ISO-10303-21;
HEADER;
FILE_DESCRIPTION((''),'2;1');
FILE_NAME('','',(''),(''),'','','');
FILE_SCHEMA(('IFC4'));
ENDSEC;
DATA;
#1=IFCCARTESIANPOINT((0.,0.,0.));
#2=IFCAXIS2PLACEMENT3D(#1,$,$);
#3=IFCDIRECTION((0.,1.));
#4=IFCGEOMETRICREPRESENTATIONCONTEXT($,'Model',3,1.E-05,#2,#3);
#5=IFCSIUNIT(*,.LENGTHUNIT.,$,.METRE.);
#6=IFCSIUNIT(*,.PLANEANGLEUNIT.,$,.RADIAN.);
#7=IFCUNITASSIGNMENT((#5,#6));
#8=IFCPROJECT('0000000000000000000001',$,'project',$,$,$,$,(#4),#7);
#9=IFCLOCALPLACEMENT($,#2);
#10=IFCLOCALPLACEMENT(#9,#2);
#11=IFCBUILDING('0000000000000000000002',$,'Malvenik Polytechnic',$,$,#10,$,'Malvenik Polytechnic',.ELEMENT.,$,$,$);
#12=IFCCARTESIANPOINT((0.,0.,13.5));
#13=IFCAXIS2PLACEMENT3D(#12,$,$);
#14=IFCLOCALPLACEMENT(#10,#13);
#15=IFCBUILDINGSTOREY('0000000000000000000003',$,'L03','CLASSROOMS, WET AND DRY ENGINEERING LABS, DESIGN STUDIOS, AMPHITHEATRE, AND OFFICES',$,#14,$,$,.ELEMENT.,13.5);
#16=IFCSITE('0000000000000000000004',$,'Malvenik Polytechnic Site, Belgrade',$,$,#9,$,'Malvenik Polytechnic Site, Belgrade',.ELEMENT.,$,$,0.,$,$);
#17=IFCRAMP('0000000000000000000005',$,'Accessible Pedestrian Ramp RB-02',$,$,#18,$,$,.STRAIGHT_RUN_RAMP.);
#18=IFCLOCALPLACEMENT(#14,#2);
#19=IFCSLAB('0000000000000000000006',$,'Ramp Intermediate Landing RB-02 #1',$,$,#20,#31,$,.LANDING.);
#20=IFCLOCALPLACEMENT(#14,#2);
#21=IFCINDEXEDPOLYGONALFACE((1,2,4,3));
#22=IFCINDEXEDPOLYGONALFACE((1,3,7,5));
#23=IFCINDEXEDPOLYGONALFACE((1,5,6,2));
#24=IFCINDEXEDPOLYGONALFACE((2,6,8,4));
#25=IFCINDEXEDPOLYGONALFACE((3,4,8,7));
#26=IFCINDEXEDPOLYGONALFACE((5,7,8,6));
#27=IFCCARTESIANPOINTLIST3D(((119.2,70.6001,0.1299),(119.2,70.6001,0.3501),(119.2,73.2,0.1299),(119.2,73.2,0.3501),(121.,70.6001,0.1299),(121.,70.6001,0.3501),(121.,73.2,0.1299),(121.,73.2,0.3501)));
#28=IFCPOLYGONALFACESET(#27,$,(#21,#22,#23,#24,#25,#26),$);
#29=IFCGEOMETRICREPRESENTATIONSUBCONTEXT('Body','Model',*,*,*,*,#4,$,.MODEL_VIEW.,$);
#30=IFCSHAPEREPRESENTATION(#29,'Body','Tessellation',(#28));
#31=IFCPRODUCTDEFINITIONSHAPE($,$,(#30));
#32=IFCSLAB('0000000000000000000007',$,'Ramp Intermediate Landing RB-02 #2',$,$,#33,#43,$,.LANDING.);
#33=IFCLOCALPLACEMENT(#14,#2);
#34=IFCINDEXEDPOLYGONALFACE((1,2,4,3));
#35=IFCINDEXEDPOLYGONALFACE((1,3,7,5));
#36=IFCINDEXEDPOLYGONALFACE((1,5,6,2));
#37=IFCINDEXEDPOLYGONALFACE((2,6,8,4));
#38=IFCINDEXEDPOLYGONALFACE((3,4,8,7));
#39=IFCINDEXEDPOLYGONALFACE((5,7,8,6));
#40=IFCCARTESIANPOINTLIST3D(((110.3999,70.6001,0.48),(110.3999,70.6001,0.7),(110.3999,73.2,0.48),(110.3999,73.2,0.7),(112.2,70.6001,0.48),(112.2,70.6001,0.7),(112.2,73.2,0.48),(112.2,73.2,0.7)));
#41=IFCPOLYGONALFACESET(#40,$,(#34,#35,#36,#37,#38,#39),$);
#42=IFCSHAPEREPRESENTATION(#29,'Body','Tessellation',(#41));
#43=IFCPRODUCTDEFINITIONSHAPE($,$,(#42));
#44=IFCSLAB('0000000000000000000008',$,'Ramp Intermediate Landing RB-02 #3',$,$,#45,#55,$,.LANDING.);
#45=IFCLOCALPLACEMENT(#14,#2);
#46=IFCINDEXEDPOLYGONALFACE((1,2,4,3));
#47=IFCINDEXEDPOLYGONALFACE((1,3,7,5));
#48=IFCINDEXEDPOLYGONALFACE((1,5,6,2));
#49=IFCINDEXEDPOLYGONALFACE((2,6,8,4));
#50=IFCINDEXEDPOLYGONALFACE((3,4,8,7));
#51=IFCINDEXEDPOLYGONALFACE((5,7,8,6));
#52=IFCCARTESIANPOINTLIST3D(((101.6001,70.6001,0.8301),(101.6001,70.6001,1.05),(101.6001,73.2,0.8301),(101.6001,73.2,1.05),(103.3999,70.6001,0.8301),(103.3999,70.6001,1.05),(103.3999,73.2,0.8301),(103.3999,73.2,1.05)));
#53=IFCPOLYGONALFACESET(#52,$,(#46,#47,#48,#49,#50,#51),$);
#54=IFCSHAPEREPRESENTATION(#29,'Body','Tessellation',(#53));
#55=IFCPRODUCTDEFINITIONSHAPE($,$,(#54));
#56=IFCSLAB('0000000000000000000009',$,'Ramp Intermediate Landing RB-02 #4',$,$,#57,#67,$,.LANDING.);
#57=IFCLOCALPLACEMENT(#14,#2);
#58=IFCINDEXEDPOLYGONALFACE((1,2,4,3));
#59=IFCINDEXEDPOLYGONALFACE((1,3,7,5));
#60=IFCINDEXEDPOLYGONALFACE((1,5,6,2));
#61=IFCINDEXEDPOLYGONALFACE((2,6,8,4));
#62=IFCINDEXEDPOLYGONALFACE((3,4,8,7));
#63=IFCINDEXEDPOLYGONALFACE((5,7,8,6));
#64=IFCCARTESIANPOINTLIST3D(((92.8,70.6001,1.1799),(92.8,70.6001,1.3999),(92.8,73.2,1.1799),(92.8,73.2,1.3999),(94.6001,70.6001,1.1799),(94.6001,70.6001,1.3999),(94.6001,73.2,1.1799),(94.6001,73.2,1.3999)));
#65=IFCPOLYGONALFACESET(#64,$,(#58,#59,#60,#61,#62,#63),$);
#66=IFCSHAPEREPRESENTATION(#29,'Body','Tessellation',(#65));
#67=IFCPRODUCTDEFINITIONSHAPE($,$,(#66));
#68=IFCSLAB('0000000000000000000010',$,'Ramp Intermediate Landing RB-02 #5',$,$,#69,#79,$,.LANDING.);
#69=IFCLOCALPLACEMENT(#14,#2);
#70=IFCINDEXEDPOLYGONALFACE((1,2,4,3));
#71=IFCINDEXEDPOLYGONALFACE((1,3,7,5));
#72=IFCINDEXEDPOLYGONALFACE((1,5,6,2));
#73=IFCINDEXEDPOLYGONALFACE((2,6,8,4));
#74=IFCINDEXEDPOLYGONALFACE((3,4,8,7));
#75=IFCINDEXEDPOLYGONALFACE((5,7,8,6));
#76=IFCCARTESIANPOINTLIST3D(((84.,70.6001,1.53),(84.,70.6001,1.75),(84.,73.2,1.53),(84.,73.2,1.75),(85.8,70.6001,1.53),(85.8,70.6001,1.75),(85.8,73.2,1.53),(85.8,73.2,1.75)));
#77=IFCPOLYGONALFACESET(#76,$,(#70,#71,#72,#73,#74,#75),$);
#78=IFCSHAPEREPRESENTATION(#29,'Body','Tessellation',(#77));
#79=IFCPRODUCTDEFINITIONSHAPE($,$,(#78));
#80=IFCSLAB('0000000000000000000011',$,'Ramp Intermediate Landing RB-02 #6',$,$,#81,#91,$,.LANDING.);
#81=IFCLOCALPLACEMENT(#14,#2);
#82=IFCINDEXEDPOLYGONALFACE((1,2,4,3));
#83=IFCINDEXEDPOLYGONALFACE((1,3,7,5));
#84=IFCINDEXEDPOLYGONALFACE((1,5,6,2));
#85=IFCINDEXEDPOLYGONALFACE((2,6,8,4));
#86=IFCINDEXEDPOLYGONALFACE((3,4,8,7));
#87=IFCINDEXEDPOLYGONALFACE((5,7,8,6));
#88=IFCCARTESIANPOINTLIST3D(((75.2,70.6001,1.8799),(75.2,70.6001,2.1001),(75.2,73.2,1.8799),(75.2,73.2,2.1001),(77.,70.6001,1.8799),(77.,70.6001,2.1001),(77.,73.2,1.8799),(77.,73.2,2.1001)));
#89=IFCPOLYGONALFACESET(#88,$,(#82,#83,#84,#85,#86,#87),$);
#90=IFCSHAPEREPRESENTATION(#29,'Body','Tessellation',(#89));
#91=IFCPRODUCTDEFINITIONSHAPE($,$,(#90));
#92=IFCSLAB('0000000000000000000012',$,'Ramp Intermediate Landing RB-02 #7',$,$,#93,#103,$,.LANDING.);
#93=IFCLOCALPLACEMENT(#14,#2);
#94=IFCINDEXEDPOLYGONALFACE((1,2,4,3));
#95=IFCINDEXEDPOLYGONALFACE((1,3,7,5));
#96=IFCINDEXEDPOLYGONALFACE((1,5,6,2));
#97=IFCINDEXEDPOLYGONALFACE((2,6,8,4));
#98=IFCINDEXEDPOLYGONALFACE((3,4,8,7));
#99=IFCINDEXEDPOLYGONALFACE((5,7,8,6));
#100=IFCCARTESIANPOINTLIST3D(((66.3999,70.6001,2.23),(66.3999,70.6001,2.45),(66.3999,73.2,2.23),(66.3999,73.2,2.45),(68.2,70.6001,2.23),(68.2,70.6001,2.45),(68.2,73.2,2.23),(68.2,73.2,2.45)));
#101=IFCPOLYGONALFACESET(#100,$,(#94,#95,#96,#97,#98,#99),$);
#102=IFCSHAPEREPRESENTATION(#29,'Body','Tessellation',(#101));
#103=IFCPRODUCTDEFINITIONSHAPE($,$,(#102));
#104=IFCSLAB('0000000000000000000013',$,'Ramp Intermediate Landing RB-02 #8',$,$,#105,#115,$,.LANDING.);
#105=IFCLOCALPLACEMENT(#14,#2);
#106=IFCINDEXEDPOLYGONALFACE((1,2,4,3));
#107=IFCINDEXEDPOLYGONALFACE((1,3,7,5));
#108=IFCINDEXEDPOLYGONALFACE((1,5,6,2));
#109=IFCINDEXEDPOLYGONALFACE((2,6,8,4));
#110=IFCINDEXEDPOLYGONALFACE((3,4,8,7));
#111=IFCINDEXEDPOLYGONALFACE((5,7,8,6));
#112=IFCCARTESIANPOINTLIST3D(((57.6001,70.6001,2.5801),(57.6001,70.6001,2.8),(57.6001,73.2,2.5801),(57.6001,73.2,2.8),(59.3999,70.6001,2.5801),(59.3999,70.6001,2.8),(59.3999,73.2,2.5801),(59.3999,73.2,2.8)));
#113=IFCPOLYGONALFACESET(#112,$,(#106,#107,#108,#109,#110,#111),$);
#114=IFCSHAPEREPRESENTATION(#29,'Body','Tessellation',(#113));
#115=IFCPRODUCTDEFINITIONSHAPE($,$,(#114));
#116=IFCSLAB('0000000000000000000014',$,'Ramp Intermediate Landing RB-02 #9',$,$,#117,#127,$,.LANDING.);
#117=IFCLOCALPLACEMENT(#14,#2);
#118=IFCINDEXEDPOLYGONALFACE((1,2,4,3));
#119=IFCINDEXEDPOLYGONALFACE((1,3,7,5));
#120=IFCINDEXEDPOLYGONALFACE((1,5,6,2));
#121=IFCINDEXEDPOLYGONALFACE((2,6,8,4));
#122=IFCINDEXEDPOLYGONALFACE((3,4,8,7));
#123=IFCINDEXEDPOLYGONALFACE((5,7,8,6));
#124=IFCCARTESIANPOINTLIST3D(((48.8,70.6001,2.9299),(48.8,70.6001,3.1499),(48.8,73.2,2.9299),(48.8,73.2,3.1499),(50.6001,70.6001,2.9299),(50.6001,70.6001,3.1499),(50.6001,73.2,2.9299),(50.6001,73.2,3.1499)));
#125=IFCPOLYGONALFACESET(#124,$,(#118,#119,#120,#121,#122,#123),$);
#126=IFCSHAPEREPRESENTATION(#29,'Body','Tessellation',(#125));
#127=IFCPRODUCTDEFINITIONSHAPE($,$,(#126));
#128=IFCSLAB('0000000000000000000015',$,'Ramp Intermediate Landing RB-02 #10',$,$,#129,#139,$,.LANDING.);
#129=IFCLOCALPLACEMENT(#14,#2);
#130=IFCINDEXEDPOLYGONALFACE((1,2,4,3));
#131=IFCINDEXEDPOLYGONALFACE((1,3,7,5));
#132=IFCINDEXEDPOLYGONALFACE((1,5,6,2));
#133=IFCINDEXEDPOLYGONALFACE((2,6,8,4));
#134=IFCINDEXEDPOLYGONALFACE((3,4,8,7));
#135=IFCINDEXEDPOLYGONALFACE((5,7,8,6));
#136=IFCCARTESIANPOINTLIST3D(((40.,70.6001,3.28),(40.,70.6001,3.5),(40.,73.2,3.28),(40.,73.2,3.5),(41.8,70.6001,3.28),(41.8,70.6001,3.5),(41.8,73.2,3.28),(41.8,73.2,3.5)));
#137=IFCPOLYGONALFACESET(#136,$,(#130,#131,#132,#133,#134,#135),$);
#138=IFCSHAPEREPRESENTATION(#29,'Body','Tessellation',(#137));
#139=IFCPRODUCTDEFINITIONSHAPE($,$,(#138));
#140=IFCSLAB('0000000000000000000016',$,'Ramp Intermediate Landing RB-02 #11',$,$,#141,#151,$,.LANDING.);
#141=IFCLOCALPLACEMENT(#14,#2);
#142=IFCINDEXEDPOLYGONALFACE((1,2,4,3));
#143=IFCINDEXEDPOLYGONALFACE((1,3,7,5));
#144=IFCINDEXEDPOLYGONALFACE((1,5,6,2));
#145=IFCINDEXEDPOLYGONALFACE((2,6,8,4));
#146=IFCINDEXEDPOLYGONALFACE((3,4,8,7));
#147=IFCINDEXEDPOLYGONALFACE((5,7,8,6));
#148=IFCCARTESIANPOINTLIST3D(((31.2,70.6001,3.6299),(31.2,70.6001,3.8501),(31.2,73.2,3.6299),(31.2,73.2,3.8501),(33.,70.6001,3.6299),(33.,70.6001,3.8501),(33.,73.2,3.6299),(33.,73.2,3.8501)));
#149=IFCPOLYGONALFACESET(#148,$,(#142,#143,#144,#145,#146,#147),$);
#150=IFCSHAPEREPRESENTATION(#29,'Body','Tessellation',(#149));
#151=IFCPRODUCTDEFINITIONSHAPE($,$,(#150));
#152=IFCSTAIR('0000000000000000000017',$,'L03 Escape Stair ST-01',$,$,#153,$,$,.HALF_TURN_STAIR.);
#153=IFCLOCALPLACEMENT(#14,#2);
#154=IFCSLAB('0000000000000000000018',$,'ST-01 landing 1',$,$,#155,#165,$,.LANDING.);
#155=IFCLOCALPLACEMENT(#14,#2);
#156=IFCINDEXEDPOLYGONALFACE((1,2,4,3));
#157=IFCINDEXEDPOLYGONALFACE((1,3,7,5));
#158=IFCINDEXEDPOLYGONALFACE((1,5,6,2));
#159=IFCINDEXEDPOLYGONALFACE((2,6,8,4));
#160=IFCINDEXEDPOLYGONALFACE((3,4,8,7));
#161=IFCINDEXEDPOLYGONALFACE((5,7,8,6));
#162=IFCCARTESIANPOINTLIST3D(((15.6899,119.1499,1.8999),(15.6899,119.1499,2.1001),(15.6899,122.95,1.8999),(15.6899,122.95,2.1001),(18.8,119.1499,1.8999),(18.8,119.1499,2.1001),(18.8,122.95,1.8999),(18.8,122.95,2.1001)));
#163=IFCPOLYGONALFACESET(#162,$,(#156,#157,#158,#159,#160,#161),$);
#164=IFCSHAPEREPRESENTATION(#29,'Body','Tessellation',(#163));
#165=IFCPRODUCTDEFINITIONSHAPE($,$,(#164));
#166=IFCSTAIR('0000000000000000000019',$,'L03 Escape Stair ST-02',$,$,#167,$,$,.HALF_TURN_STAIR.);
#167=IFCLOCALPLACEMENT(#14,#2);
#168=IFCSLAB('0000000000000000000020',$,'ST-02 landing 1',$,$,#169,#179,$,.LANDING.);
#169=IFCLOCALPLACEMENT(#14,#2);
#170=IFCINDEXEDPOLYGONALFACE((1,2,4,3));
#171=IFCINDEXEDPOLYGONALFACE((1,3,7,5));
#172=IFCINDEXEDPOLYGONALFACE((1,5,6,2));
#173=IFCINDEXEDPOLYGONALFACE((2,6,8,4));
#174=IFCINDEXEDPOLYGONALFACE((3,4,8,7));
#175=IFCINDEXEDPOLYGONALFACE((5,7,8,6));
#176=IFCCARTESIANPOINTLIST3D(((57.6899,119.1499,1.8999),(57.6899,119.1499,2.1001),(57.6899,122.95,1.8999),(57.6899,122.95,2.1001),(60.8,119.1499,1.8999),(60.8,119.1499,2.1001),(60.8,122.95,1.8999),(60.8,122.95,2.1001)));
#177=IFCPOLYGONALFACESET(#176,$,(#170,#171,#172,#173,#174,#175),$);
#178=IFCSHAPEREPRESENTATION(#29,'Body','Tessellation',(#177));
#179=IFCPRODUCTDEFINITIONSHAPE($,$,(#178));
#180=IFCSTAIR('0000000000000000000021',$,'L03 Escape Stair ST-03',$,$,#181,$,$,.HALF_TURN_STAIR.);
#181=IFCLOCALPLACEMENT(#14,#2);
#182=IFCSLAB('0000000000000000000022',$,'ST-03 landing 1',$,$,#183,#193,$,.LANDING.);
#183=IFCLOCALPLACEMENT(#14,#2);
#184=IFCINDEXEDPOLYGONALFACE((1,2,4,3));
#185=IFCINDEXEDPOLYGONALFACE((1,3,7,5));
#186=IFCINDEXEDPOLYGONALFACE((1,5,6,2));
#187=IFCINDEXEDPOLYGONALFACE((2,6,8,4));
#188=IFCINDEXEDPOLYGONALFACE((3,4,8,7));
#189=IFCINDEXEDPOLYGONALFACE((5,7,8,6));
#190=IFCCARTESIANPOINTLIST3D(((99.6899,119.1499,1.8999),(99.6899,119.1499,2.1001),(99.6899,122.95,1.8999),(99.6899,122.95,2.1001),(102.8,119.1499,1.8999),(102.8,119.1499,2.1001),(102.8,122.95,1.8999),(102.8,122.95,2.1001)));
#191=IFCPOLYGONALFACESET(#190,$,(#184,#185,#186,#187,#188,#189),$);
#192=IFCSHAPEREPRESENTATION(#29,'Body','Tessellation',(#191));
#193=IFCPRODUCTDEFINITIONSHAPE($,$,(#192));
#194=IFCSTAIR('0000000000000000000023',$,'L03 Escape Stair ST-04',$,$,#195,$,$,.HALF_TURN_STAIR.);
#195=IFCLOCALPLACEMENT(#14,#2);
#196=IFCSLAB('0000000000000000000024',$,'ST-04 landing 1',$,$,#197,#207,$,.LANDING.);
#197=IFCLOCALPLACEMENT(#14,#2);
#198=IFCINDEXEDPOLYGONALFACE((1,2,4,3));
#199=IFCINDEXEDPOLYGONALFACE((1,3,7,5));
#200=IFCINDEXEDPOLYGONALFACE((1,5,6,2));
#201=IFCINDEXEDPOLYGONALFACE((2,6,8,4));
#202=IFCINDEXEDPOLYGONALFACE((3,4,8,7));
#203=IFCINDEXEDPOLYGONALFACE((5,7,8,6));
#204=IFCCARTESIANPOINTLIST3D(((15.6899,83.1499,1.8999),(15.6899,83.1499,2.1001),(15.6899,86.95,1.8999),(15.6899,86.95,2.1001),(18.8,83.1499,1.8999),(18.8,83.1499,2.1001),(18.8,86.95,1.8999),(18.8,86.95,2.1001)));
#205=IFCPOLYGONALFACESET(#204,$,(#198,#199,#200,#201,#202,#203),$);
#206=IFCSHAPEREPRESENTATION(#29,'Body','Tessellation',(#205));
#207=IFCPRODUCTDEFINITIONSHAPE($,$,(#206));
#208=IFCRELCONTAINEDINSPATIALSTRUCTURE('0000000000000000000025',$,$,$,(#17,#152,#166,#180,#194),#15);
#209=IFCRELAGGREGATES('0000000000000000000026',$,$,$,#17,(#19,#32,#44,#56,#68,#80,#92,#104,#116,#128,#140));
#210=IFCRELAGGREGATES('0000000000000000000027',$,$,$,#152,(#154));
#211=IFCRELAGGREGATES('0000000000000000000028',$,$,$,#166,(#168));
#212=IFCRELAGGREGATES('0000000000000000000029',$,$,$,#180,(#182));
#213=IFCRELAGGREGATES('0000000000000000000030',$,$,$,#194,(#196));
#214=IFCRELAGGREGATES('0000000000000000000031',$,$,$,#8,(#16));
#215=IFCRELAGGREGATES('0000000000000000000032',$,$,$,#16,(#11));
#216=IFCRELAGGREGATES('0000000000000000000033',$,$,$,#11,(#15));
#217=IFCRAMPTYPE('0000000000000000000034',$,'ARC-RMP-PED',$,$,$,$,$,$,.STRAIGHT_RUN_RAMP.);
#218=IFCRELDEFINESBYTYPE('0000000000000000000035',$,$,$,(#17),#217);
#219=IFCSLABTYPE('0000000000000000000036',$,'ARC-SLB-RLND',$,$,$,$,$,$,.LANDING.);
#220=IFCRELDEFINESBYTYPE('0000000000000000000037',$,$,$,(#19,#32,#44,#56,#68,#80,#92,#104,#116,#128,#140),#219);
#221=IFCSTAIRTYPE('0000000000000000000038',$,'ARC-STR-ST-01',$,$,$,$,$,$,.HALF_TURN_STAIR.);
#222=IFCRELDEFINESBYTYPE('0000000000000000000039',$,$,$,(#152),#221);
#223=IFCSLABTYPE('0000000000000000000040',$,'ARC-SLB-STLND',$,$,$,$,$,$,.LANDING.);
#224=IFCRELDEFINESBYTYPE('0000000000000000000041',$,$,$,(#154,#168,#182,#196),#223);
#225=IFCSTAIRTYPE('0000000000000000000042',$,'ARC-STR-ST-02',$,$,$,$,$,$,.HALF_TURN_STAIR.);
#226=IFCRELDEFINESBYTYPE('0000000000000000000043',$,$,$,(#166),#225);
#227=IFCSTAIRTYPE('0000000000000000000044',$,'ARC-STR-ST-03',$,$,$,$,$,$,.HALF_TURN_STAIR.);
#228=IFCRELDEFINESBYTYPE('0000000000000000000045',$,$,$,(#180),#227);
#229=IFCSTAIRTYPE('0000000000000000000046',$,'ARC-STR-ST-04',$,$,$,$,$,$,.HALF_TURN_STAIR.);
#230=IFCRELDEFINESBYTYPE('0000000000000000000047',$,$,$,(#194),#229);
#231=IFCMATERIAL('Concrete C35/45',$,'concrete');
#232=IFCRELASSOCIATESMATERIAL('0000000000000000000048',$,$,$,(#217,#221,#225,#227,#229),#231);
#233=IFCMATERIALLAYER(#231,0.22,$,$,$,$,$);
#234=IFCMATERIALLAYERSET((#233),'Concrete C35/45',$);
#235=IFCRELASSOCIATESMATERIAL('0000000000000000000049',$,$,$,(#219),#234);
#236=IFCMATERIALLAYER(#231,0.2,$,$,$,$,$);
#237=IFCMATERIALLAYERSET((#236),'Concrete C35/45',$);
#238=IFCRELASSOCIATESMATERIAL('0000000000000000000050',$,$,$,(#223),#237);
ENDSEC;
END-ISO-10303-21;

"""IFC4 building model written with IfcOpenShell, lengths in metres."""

from ifc_helpers import new_model, si_unit, direction, frame, origin, place, context, subcontext, project, spatial, polyline, outline, extrude, material, layer, layer_set, type_object, element, aggregate, save


model = new_model("IFC4")

# Units and contexts
model_context = context("Model", 3, precision=1e-05, world=origin(), true_north=direction((0.0, 1.0)))
body_context = subcontext(model_context, "Body", "Model", "MODEL_VIEW")
ifc_project = project(units=[si_unit("LENGTHUNIT", "METRE"), si_unit("PLANEANGLEUNIT", "RADIAN")], contexts=[model_context])

# Site, building, storey
site_placement = place(None, origin())
site = spatial("IfcSite", under=ifc_project, at=site_placement, Name="Malvenik Polytechnic Site, Belgrade", LongName="Malvenik Polytechnic Site, Belgrade", CompositionType="ELEMENT", RefElevation=0.0)
building_placement = place(site_placement, origin())
building = spatial("IfcBuilding", under=site, at=building_placement, Name="Malvenik Polytechnic", LongName="Malvenik Polytechnic", CompositionType="ELEMENT")
storey_placement = place(building_placement, frame((0.0, 0.0, 13.5)))
storey = spatial("IfcBuildingStorey", under=building, at=storey_placement, Name="L03", Description="CLASSROOMS, WET AND DRY ENGINEERING LABS, DESIGN STUDIOS, AMPHITHEATRE, AND OFFICES", CompositionType="ELEMENT", Elevation=13.5)

# Ramp, slabs
ifc_material = material(Name="Concrete C35/45", Category="concrete")
ramp_type = type_object("IfcRampType", Name="ARC-RMP-PED", PredefinedType="STRAIGHT_RUN_RAMP", material=ifc_material)
ramp_placement = place(storey_placement, origin())
ramp = element("IfcRamp", 1, at=ramp_placement, inside=storey, type_object=ramp_type, Name="Accessible Pedestrian Ramp RB-02", PredefinedType="STRAIGHT_RUN_RAMP")
ifc_layer_1 = layer(ifc_material, 0.22)
ifc_layer_set_1 = layer_set([ifc_layer_1], Name="Concrete C35/45")
slab_type_1 = type_object("IfcSlabType", Name="ARC-SLB-RLND", PredefinedType="LANDING", material=ifc_layer_set_1)
slab_1_placement = place(storey_placement, frame((0.0, 0.0, 0.1299)))
slab_1 = element("IfcSlab", 2, at=slab_1_placement, type_object=slab_type_1, Name="Ramp Intermediate Landing RB-02 #1", PredefinedType="LANDING", context=body_context, shape_type="SweptSolid", body=[
    extrude(outline(polyline([(119.2, 70.6001), (121.0, 70.6001), (121.0, 73.2), (119.2, 73.2), (119.2, 70.6001)])), origin(), (0.0, 0.0, 1.0), 0.2202),
])
slab_2_placement = place(storey_placement, frame((0.0, 0.0, 0.48)))
slab_2 = element("IfcSlab", 3, at=slab_2_placement, type_object=slab_type_1, Name="Ramp Intermediate Landing RB-02 #2", PredefinedType="LANDING", context=body_context, shape_type="SweptSolid", body=[
    extrude(outline(polyline([(110.3999, 70.6001), (112.2, 70.6001), (112.2, 73.2), (110.3999, 73.2), (110.3999, 70.6001)])), origin(), (0.0, 0.0, 1.0), 0.22),
])
slab_3_placement = place(storey_placement, frame((0.0, 0.0, 0.8301)))
slab_3 = element("IfcSlab", 4, at=slab_3_placement, type_object=slab_type_1, Name="Ramp Intermediate Landing RB-02 #3", PredefinedType="LANDING", context=body_context, shape_type="SweptSolid", body=[
    extrude(outline(polyline([(101.6001, 70.6001), (103.3999, 70.6001), (103.3999, 73.2), (101.6001, 73.2), (101.6001, 70.6001)])), origin(), (0.0, 0.0, 1.0), 0.22),
])
slab_4_placement = place(storey_placement, frame((0.0, 0.0, 1.1799)))
slab_4 = element("IfcSlab", 5, at=slab_4_placement, type_object=slab_type_1, Name="Ramp Intermediate Landing RB-02 #4", PredefinedType="LANDING", context=body_context, shape_type="SweptSolid", body=[
    extrude(outline(polyline([(92.8, 70.6001), (94.6001, 70.6001), (94.6001, 73.2), (92.8, 73.2), (92.8, 70.6001)])), origin(), (0.0, 0.0, 1.0), 0.22),
])
slab_5_placement = place(storey_placement, frame((0.0, 0.0, 1.53)))
slab_5 = element("IfcSlab", 6, at=slab_5_placement, type_object=slab_type_1, Name="Ramp Intermediate Landing RB-02 #5", PredefinedType="LANDING", context=body_context, shape_type="SweptSolid", body=[
    extrude(outline(polyline([(84.0, 70.6001), (85.8, 70.6001), (85.8, 73.2), (84.0, 73.2), (84.0, 70.6001)])), origin(), (0.0, 0.0, 1.0), 0.22),
])
slab_6_placement = place(storey_placement, frame((0.0, 0.0, 1.8799)))
slab_6 = element("IfcSlab", 7, at=slab_6_placement, type_object=slab_type_1, Name="Ramp Intermediate Landing RB-02 #6", PredefinedType="LANDING", context=body_context, shape_type="SweptSolid", body=[
    extrude(outline(polyline([(75.2, 70.6001), (77.0, 70.6001), (77.0, 73.2), (75.2, 73.2), (75.2, 70.6001)])), origin(), (0.0, 0.0, 1.0), 0.2202),
])
slab_7_placement = place(storey_placement, frame((0.0, 0.0, 2.23)))
slab_7 = element("IfcSlab", 8, at=slab_7_placement, type_object=slab_type_1, Name="Ramp Intermediate Landing RB-02 #7", PredefinedType="LANDING", context=body_context, shape_type="SweptSolid", body=[
    extrude(outline(polyline([(66.3999, 70.6001), (68.2, 70.6001), (68.2, 73.2), (66.3999, 73.2), (66.3999, 70.6001)])), origin(), (0.0, 0.0, 1.0), 0.22),
])
slab_8_placement = place(storey_placement, frame((0.0, 0.0, 2.5801)))
slab_8 = element("IfcSlab", 9, at=slab_8_placement, type_object=slab_type_1, Name="Ramp Intermediate Landing RB-02 #8", PredefinedType="LANDING", context=body_context, shape_type="SweptSolid", body=[
    extrude(outline(polyline([(57.6001, 70.6001), (59.3999, 70.6001), (59.3999, 73.2), (57.6001, 73.2), (57.6001, 70.6001)])), origin(), (0.0, 0.0, 1.0), 0.22),
])
slab_9_placement = place(storey_placement, frame((0.0, 0.0, 2.9299)))
slab_9 = element("IfcSlab", 10, at=slab_9_placement, type_object=slab_type_1, Name="Ramp Intermediate Landing RB-02 #9", PredefinedType="LANDING", context=body_context, shape_type="SweptSolid", body=[
    extrude(outline(polyline([(48.8, 70.6001), (50.6001, 70.6001), (50.6001, 73.2), (48.8, 73.2), (48.8, 70.6001)])), origin(), (0.0, 0.0, 1.0), 0.22),
])
slab_10_placement = place(storey_placement, frame((0.0, 0.0, 3.28)))
slab_10 = element("IfcSlab", 11, at=slab_10_placement, type_object=slab_type_1, Name="Ramp Intermediate Landing RB-02 #10", PredefinedType="LANDING", context=body_context, shape_type="SweptSolid", body=[
    extrude(outline(polyline([(40.0, 70.6001), (41.8, 70.6001), (41.8, 73.2), (40.0, 73.2), (40.0, 70.6001)])), origin(), (0.0, 0.0, 1.0), 0.22),
])
slab_11_placement = place(storey_placement, frame((0.0, 0.0, 3.6299)))
slab_11 = element("IfcSlab", 12, at=slab_11_placement, type_object=slab_type_1, Name="Ramp Intermediate Landing RB-02 #11", PredefinedType="LANDING", context=body_context, shape_type="SweptSolid", body=[
    extrude(outline(polyline([(31.2, 70.6001), (33.0, 70.6001), (33.0, 73.2), (31.2, 73.2), (31.2, 70.6001)])), origin(), (0.0, 0.0, 1.0), 0.2202),
])
aggregate(ramp, [slab_1, slab_2, slab_3, slab_4, slab_5, slab_6, slab_7, slab_8, slab_9, slab_10, slab_11])

# Stairs, slabs
stair_type_1 = type_object("IfcStairType", Name="ARC-STR-ST-01", PredefinedType="HALF_TURN_STAIR", material=ifc_material)
stair_1_placement = place(storey_placement, origin())
stair_1 = element("IfcStair", 13, at=stair_1_placement, inside=storey, type_object=stair_type_1, Name="L03 Escape Stair ST-01", PredefinedType="HALF_TURN_STAIR")
ifc_layer_2 = layer(ifc_material, 0.2)
ifc_layer_set_2 = layer_set([ifc_layer_2], Name="Concrete C35/45")
slab_type_2 = type_object("IfcSlabType", Name="ARC-SLB-STLND", PredefinedType="LANDING", material=ifc_layer_set_2)
slab_12_placement = place(storey_placement, frame((0.0, 0.0, 1.8999)))
slab_12 = element("IfcSlab", 14, at=slab_12_placement, type_object=slab_type_2, Name="ST-01 landing 1", PredefinedType="LANDING", context=body_context, shape_type="SweptSolid", body=[
    extrude(outline(polyline([(15.6899, 119.1499), (18.8, 119.1499), (18.8, 122.95), (15.6899, 122.95), (15.6899, 119.1499)])), origin(), (0.0, 0.0, 1.0), 0.2002),
])
aggregate(stair_1, [slab_12])
stair_type_2 = type_object("IfcStairType", Name="ARC-STR-ST-02", PredefinedType="HALF_TURN_STAIR", material=ifc_material)
stair_2_placement = place(storey_placement, origin())
stair_2 = element("IfcStair", 15, at=stair_2_placement, inside=storey, type_object=stair_type_2, Name="L03 Escape Stair ST-02", PredefinedType="HALF_TURN_STAIR")
slab_13_placement = place(storey_placement, frame((0.0, 0.0, 1.8999)))
slab_13 = element("IfcSlab", 16, at=slab_13_placement, type_object=slab_type_2, Name="ST-02 landing 1", PredefinedType="LANDING", context=body_context, shape_type="SweptSolid", body=[
    extrude(outline(polyline([(57.6899, 119.1499), (60.8, 119.1499), (60.8, 122.95), (57.6899, 122.95), (57.6899, 119.1499)])), origin(), (0.0, 0.0, 1.0), 0.2002),
])
aggregate(stair_2, [slab_13])
stair_type_3 = type_object("IfcStairType", Name="ARC-STR-ST-03", PredefinedType="HALF_TURN_STAIR", material=ifc_material)
stair_3_placement = place(storey_placement, origin())
stair_3 = element("IfcStair", 17, at=stair_3_placement, inside=storey, type_object=stair_type_3, Name="L03 Escape Stair ST-03", PredefinedType="HALF_TURN_STAIR")
slab_14_placement = place(storey_placement, frame((0.0, 0.0, 1.8999)))
slab_14 = element("IfcSlab", 18, at=slab_14_placement, type_object=slab_type_2, Name="ST-03 landing 1", PredefinedType="LANDING", context=body_context, shape_type="SweptSolid", body=[
    extrude(outline(polyline([(99.6899, 119.1499), (102.8, 119.1499), (102.8, 122.95), (99.6899, 122.95), (99.6899, 119.1499)])), origin(), (0.0, 0.0, 1.0), 0.2002),
])
aggregate(stair_3, [slab_14])
stair_type_4 = type_object("IfcStairType", Name="ARC-STR-ST-04", PredefinedType="HALF_TURN_STAIR", material=ifc_material)
stair_4_placement = place(storey_placement, origin())
stair_4 = element("IfcStair", 19, at=stair_4_placement, inside=storey, type_object=stair_type_4, Name="L03 Escape Stair ST-04", PredefinedType="HALF_TURN_STAIR")
slab_15_placement = place(storey_placement, frame((0.0, 0.0, 1.8999)))
slab_15 = element("IfcSlab", 20, at=slab_15_placement, type_object=slab_type_2, Name="ST-04 landing 1", PredefinedType="LANDING", context=body_context, shape_type="SweptSolid", body=[
    extrude(outline(polyline([(15.6899, 83.1499), (18.8, 83.1499), (18.8, 86.95), (15.6899, 86.95), (15.6899, 83.1499)])), origin(), (0.0, 0.0, 1.0), 0.2002),
])
aggregate(stair_4, [slab_15])

save(model, "model.ifc")
